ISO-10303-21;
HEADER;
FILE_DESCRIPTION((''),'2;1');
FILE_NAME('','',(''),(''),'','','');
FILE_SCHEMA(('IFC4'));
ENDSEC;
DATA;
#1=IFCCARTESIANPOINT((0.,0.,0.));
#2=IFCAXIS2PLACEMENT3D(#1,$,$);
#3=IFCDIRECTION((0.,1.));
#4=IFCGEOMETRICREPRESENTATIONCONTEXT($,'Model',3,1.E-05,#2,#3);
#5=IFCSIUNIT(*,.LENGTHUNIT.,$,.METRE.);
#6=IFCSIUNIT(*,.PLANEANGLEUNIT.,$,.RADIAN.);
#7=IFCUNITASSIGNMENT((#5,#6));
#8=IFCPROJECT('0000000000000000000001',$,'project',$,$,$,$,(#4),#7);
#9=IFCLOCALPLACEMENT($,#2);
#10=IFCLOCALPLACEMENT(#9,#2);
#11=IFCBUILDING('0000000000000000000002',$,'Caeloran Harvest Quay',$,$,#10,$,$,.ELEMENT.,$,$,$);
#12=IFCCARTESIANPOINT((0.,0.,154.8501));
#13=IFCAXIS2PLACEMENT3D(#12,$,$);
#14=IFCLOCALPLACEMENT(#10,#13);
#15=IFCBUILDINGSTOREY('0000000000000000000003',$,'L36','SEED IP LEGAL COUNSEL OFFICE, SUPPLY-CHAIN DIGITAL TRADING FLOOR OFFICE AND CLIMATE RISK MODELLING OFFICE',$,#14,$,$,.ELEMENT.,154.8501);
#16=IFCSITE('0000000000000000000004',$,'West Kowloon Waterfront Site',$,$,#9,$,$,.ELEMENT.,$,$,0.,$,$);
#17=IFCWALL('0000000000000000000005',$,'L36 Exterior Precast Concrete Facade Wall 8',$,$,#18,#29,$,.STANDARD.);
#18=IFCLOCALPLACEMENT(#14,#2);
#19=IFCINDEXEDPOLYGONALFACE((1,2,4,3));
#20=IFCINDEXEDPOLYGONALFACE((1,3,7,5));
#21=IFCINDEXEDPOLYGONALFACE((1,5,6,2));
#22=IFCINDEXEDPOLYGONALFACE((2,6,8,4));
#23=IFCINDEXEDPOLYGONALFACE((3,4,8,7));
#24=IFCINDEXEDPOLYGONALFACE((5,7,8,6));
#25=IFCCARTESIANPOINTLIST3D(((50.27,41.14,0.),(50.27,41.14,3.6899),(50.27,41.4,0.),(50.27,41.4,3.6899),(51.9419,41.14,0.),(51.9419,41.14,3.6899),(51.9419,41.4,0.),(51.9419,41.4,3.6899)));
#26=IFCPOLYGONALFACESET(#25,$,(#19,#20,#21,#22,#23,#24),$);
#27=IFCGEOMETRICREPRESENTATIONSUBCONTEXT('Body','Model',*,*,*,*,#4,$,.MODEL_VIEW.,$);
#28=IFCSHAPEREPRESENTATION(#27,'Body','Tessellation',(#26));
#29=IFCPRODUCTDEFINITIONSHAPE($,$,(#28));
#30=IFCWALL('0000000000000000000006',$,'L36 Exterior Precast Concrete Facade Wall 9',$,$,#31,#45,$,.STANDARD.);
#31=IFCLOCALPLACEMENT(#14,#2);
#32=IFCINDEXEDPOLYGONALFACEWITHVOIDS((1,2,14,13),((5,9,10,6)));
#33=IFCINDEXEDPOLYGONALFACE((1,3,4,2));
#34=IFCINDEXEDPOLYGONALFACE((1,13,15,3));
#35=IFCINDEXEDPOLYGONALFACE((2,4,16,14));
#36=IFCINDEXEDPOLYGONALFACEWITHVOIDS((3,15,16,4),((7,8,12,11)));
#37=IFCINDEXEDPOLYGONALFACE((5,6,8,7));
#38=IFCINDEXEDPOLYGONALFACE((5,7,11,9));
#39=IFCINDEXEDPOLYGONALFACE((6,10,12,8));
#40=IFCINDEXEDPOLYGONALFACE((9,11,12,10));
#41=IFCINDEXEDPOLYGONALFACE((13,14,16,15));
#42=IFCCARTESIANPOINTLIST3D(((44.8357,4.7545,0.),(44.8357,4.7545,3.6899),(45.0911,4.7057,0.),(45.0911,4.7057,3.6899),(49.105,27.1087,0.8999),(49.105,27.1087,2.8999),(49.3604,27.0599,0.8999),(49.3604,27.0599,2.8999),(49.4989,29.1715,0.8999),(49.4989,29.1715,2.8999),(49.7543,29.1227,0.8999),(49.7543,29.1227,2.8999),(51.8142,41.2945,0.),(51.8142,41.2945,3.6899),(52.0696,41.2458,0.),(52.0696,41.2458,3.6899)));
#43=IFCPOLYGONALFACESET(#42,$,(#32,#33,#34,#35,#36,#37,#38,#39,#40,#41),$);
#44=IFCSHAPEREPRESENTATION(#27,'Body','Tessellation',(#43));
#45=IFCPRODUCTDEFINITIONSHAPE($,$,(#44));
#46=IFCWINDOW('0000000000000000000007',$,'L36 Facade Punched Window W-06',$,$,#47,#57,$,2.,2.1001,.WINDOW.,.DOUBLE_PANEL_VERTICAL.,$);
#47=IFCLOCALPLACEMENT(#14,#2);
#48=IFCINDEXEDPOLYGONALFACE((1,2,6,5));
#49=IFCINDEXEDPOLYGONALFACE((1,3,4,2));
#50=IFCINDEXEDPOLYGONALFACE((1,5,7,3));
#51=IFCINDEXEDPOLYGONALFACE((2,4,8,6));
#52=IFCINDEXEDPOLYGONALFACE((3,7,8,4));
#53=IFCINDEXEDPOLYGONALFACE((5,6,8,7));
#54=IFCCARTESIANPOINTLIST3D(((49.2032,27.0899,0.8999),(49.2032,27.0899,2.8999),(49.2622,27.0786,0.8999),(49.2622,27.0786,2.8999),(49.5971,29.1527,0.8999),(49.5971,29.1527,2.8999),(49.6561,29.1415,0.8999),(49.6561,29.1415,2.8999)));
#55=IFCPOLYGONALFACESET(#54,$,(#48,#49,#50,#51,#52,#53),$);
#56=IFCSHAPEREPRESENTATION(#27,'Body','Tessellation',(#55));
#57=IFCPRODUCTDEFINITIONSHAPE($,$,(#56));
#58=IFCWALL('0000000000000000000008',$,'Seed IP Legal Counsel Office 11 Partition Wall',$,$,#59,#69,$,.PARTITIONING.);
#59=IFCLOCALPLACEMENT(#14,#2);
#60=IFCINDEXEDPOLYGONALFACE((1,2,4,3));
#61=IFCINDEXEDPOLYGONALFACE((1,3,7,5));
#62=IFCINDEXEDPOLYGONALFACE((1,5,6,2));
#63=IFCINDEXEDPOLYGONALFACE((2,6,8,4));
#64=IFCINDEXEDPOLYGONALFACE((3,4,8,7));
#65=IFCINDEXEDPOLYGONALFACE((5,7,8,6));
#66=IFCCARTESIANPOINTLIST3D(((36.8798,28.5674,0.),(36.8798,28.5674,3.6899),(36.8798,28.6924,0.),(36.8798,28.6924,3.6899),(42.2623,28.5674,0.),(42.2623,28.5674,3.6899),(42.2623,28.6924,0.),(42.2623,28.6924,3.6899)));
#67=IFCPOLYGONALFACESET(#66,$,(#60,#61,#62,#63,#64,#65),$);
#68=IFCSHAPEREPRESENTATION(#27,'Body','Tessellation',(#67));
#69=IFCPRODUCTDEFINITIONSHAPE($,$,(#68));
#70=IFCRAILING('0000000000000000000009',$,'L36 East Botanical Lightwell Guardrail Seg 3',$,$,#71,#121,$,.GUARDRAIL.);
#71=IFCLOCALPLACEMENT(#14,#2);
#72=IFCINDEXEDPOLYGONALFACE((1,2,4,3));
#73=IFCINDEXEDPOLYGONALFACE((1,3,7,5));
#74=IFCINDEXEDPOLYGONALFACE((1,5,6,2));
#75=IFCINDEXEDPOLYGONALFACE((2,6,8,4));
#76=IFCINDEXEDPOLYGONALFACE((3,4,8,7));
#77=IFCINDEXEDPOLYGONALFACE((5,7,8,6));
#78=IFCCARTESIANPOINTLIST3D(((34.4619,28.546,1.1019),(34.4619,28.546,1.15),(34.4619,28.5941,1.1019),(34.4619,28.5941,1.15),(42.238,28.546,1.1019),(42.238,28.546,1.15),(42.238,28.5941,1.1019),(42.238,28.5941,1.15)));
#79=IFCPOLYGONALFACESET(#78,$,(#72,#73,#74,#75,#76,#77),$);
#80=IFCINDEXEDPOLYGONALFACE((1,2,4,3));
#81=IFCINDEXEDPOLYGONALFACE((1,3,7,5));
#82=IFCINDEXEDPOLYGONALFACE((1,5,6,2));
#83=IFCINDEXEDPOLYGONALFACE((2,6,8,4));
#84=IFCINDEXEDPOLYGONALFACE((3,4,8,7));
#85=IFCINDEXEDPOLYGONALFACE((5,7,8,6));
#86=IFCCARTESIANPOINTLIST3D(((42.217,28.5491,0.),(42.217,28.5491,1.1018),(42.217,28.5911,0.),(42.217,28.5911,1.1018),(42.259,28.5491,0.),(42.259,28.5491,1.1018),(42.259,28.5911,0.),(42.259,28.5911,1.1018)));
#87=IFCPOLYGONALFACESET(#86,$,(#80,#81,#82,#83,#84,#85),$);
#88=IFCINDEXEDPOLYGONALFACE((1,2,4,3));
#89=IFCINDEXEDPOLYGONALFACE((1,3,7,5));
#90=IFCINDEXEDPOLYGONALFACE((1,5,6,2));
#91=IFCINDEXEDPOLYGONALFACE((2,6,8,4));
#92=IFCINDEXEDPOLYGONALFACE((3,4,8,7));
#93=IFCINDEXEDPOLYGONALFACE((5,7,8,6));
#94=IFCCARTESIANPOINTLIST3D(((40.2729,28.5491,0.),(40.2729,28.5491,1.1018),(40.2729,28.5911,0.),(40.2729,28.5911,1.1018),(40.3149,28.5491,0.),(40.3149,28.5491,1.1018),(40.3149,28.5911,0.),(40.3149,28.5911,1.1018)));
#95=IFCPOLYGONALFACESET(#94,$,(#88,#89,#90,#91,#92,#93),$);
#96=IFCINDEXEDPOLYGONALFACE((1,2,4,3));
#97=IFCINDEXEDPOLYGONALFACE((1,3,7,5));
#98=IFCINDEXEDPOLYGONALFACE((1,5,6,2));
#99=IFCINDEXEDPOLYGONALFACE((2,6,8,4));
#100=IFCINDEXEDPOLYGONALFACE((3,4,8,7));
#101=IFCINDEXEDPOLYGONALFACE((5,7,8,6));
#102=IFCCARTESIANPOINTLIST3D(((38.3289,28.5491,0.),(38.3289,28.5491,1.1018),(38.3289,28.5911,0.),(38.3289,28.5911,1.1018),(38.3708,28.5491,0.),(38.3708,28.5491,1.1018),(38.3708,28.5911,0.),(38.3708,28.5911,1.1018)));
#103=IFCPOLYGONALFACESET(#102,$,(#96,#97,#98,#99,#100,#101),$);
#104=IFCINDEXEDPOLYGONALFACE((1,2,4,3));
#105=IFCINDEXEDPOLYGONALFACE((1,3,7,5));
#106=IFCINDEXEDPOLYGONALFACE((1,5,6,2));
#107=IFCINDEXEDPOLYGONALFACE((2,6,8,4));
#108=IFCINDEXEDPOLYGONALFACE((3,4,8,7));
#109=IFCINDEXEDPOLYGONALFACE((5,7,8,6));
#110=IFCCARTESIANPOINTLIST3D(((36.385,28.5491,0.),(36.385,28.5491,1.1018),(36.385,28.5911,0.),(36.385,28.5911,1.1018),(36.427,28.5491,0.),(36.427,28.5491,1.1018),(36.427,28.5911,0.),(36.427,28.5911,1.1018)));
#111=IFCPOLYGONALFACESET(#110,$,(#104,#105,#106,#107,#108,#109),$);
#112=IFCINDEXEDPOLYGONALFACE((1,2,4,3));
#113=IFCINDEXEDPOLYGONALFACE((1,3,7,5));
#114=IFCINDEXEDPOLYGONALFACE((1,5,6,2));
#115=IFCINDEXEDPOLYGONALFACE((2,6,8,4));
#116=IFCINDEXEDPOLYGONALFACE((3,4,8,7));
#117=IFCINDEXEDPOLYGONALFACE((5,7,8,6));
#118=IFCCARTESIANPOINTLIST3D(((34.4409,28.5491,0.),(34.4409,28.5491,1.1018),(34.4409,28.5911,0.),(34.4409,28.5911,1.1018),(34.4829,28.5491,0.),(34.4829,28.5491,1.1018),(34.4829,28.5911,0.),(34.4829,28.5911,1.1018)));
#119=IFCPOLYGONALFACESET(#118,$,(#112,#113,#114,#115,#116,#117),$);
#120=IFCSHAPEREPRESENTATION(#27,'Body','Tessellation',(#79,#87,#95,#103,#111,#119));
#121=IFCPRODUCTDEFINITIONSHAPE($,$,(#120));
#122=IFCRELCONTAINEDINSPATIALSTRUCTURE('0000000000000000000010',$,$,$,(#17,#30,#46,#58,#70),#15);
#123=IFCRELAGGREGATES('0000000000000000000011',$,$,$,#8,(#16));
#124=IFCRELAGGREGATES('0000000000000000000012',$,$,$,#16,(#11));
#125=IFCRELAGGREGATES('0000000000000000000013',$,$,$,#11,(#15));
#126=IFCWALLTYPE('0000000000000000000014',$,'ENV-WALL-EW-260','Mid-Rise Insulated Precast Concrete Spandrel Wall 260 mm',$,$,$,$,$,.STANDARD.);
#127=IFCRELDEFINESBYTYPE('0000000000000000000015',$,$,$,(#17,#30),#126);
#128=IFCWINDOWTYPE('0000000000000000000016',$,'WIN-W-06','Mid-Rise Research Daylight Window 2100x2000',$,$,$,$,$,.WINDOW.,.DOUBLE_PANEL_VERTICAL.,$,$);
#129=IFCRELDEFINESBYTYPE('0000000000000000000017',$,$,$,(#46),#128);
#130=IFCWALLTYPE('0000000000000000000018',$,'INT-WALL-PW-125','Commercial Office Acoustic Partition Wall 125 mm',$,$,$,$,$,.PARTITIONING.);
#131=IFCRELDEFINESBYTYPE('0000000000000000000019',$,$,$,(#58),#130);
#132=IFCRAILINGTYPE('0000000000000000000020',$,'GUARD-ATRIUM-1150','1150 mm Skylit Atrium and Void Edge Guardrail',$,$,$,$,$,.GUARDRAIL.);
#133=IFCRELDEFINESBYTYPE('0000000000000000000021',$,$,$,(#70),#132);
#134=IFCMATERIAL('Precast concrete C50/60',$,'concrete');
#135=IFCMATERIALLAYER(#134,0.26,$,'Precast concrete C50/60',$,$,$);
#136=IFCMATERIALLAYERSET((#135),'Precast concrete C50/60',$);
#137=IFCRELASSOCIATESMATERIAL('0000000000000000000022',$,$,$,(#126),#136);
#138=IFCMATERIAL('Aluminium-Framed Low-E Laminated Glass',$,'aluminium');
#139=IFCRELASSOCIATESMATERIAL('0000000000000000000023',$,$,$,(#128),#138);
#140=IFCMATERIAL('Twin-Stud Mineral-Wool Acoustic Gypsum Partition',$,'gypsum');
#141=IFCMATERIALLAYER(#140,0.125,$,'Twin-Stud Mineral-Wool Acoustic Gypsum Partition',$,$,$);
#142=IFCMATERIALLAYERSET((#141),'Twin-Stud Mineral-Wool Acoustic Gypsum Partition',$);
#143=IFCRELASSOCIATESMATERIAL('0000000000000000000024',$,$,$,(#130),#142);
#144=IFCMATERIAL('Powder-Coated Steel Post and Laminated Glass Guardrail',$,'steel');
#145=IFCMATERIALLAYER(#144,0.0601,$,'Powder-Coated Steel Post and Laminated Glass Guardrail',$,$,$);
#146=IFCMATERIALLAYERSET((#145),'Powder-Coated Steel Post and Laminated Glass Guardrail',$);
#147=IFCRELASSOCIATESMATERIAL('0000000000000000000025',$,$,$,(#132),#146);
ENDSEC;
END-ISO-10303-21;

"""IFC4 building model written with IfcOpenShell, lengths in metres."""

from ifc_helpers import new_model, si_unit, direction, frame, frame_2d, origin, origin_2d, place, context, subcontext, project, spatial, rectangle, extrude, material, layer, layer_set, type_object, element, fill, save


model = new_model("IFC4")

# Units and contexts
model_context = context("Model", 3, precision=1e-05, world=origin(), true_north=direction((0.0, 1.0)))
body_context = subcontext(model_context, "Body", "Model", "MODEL_VIEW")
ifc_project = project(units=[si_unit("LENGTHUNIT", "METRE"), si_unit("PLANEANGLEUNIT", "RADIAN")], contexts=[model_context])

# Site, building, storey
site_placement = place(None, origin())
site = spatial("IfcSite", under=ifc_project, at=site_placement, Name="West Kowloon Waterfront Site", CompositionType="ELEMENT", RefElevation=0.0)
building_placement = place(site_placement, origin())
building = spatial("IfcBuilding", under=site, at=building_placement, Name="Caeloran Harvest Quay", CompositionType="ELEMENT")
storey_placement = place(building_placement, frame((0.0, 0.0, 154.8501)))
storey = spatial("IfcBuildingStorey", under=building, at=storey_placement, Name="L36", Description="SEED IP LEGAL COUNSEL OFFICE, SUPPLY-CHAIN DIGITAL TRADING FLOOR OFFICE AND CLIMATE RISK MODELLING OFFICE", CompositionType="ELEMENT", Elevation=154.8501)

# Wall
ifc_material_1 = material(Name="Precast concrete C50/60", Category="concrete")
ifc_layer_1 = layer(ifc_material_1, 0.26, Name="Precast concrete C50/60")
ifc_layer_set_1 = layer_set([ifc_layer_1], Name="Precast concrete C50/60")
wall_type_1 = type_object("IfcWallType", Name="ENV-WALL-EW-260", Description="Mid-Rise Insulated Precast Concrete Spandrel Wall 260 mm", PredefinedType="STANDARD", material=ifc_layer_set_1)
wall_1_placement = place(storey_placement, frame((50.27, 41.27, 0.0), z_axis=(0.0, 0.0, 1.0), x_axis=(1.0, 0.0, 0.0)))
element("IfcWall", 1, at=wall_1_placement, inside=storey, type_object=wall_type_1, Name="L36 Exterior Precast Concrete Facade Wall 8", PredefinedType="STANDARD", context=body_context, shape_type="SweptSolid", body=[
    extrude(rectangle(XDim=1.6719, YDim=0.26, at=frame_2d((0.8359, 0.0))), origin(), (0.0, 0.0, 1.0), 3.6899),
])

# Wall, opening, window
wall_2_placement = place(storey_placement, frame((51.9419, 41.27, 0.0), z_axis=(0.0, 0.0, 1.0), x_axis=(-0.187592, -0.982247, 0.0)))
wall_2 = element("IfcWall", 2, at=wall_2_placement, inside=storey, type_object=wall_type_1, Name="L36 Exterior Precast Concrete Facade Wall 9", PredefinedType="STANDARD", context=body_context, shape_type="SweptSolid", body=[
    extrude(rectangle(XDim=37.2004, YDim=0.26, at=frame_2d((18.6001, 0.0))), origin(), (0.0, 0.0, 1.0), 3.6899),
])
opening_placement = place(wall_2_placement, frame((12.342, 0.0, 0.8999)))
opening = element("IfcOpeningElement", 3, at=opening_placement, cuts=wall_2, PredefinedType="OPENING", context=body_context, shape_type="SweptSolid", body=[
    extrude(rectangle(XDim=2.1001, YDim=2.0, at=frame_2d((1.05, 1.0))), frame((0.0, 0.1401, 0.0), z_axis=(0.0, -1.0, 0.0), x_axis=(1.0, 0.0, 0.0)), (0.0, 0.0, 1.0), 0.28),
])
ifc_material_2 = material(Name="Aluminium-Framed Low-E Laminated Glass", Category="aluminium")
window_type = type_object("IfcWindowType", Name="WIN-W-06", Description="Mid-Rise Research Daylight Window 2100x2000", PartitioningType="DOUBLE_PANEL_VERTICAL", PredefinedType="WINDOW", material=ifc_material_2)
window_placement = place(opening_placement, origin())
window = element("IfcWindow", 4, at=window_placement, inside=storey, type_object=window_type, Name="L36 Facade Punched Window W-06", OverallHeight=2.0, OverallWidth=2.1001, PartitioningType="DOUBLE_PANEL_VERTICAL", PredefinedType="WINDOW", context=body_context, shape_type="SweptSolid", body=[
    extrude(rectangle(XDim=2.1001, YDim=2.0, at=frame_2d((1.05, 1.0))), frame((0.0, 0.03, 0.0), z_axis=(0.0, -1.0, 0.0), x_axis=(1.0, 0.0, 0.0)), (0.0, 0.0, 1.0), 0.0601),
])
fill(opening, window)

# Wall
ifc_material_3 = material(Name="Twin-Stud Mineral-Wool Acoustic Gypsum Partition", Category="gypsum")
ifc_layer_2 = layer(ifc_material_3, 0.125, Name="Twin-Stud Mineral-Wool Acoustic Gypsum Partition")
ifc_layer_set_2 = layer_set([ifc_layer_2], Name="Twin-Stud Mineral-Wool Acoustic Gypsum Partition")
wall_type_2 = type_object("IfcWallType", Name="INT-WALL-PW-125", Description="Commercial Office Acoustic Partition Wall 125 mm", PredefinedType="PARTITIONING", material=ifc_layer_set_2)
wall_3_placement = place(storey_placement, frame((42.2625, 28.6299, 0.0), z_axis=(0.0, 0.0, 1.0), x_axis=(-1.0, 0.0, 0.0)))
element("IfcWall", 5, at=wall_3_placement, inside=storey, type_object=wall_type_2, Name="Seed IP Legal Counsel Office 11 Partition Wall", PredefinedType="PARTITIONING", context=body_context, shape_type="SweptSolid", body=[
    extrude(rectangle(XDim=5.3826, YDim=0.125, at=frame_2d((2.6914, 0.0))), origin(), (0.0, 0.0, 1.0), 3.6899),
])

# Railing
ifc_material_4 = material(Name="Powder-Coated Steel Post and Laminated Glass Guardrail", Category="steel")
ifc_layer_3 = layer(ifc_material_4, 0.0601, Name="Powder-Coated Steel Post and Laminated Glass Guardrail")
ifc_layer_set_3 = layer_set([ifc_layer_3], Name="Powder-Coated Steel Post and Laminated Glass Guardrail")
railing_type = type_object("IfcRailingType", Name="GUARD-ATRIUM-1150", Description="1150 mm Skylit Atrium and Void Edge Guardrail", PredefinedType="GUARDRAIL", material=ifc_layer_set_3)
railing_placement = place(storey_placement, frame((42.238, 28.5701, 0.0)))
element("IfcRailing", 6, at=railing_placement, inside=storey, type_object=railing_type, Name="L36 East Botanical Lightwell Guardrail Seg 3", PredefinedType="GUARDRAIL", context=body_context, shape_type="SweptSolid", body=[
    extrude(rectangle(XDim=0.0481, YDim=0.0481, at=origin_2d()), frame((0.0, 0.0, 1.126), z_axis=(-1.0, 0.0, 0.0), x_axis=(0.0, -1.0, 0.0)), (0.0, 0.0, 1.0), 7.7761),
    extrude(rectangle(XDim=0.042, YDim=0.042, at=origin_2d()), origin(), (0.0, 0.0, 1.0), 1.1018),
    extrude(rectangle(XDim=0.042, YDim=0.042, at=origin_2d()), frame((-1.9441, 0.0, 0.0)), (0.0, 0.0, 1.0), 1.1018),
    extrude(rectangle(XDim=0.042, YDim=0.042, at=origin_2d()), frame((-3.8882, 0.0, 0.0)), (0.0, 0.0, 1.0), 1.1018),
    extrude(rectangle(XDim=0.042, YDim=0.042, at=origin_2d()), frame((-5.832, 0.0, 0.0)), (0.0, 0.0, 1.0), 1.1018),
    extrude(rectangle(XDim=0.042, YDim=0.042, at=origin_2d()), frame((-7.7761, 0.0, 0.0)), (0.0, 0.0, 1.0), 1.1018),
])

save(model, "model.ifc")
